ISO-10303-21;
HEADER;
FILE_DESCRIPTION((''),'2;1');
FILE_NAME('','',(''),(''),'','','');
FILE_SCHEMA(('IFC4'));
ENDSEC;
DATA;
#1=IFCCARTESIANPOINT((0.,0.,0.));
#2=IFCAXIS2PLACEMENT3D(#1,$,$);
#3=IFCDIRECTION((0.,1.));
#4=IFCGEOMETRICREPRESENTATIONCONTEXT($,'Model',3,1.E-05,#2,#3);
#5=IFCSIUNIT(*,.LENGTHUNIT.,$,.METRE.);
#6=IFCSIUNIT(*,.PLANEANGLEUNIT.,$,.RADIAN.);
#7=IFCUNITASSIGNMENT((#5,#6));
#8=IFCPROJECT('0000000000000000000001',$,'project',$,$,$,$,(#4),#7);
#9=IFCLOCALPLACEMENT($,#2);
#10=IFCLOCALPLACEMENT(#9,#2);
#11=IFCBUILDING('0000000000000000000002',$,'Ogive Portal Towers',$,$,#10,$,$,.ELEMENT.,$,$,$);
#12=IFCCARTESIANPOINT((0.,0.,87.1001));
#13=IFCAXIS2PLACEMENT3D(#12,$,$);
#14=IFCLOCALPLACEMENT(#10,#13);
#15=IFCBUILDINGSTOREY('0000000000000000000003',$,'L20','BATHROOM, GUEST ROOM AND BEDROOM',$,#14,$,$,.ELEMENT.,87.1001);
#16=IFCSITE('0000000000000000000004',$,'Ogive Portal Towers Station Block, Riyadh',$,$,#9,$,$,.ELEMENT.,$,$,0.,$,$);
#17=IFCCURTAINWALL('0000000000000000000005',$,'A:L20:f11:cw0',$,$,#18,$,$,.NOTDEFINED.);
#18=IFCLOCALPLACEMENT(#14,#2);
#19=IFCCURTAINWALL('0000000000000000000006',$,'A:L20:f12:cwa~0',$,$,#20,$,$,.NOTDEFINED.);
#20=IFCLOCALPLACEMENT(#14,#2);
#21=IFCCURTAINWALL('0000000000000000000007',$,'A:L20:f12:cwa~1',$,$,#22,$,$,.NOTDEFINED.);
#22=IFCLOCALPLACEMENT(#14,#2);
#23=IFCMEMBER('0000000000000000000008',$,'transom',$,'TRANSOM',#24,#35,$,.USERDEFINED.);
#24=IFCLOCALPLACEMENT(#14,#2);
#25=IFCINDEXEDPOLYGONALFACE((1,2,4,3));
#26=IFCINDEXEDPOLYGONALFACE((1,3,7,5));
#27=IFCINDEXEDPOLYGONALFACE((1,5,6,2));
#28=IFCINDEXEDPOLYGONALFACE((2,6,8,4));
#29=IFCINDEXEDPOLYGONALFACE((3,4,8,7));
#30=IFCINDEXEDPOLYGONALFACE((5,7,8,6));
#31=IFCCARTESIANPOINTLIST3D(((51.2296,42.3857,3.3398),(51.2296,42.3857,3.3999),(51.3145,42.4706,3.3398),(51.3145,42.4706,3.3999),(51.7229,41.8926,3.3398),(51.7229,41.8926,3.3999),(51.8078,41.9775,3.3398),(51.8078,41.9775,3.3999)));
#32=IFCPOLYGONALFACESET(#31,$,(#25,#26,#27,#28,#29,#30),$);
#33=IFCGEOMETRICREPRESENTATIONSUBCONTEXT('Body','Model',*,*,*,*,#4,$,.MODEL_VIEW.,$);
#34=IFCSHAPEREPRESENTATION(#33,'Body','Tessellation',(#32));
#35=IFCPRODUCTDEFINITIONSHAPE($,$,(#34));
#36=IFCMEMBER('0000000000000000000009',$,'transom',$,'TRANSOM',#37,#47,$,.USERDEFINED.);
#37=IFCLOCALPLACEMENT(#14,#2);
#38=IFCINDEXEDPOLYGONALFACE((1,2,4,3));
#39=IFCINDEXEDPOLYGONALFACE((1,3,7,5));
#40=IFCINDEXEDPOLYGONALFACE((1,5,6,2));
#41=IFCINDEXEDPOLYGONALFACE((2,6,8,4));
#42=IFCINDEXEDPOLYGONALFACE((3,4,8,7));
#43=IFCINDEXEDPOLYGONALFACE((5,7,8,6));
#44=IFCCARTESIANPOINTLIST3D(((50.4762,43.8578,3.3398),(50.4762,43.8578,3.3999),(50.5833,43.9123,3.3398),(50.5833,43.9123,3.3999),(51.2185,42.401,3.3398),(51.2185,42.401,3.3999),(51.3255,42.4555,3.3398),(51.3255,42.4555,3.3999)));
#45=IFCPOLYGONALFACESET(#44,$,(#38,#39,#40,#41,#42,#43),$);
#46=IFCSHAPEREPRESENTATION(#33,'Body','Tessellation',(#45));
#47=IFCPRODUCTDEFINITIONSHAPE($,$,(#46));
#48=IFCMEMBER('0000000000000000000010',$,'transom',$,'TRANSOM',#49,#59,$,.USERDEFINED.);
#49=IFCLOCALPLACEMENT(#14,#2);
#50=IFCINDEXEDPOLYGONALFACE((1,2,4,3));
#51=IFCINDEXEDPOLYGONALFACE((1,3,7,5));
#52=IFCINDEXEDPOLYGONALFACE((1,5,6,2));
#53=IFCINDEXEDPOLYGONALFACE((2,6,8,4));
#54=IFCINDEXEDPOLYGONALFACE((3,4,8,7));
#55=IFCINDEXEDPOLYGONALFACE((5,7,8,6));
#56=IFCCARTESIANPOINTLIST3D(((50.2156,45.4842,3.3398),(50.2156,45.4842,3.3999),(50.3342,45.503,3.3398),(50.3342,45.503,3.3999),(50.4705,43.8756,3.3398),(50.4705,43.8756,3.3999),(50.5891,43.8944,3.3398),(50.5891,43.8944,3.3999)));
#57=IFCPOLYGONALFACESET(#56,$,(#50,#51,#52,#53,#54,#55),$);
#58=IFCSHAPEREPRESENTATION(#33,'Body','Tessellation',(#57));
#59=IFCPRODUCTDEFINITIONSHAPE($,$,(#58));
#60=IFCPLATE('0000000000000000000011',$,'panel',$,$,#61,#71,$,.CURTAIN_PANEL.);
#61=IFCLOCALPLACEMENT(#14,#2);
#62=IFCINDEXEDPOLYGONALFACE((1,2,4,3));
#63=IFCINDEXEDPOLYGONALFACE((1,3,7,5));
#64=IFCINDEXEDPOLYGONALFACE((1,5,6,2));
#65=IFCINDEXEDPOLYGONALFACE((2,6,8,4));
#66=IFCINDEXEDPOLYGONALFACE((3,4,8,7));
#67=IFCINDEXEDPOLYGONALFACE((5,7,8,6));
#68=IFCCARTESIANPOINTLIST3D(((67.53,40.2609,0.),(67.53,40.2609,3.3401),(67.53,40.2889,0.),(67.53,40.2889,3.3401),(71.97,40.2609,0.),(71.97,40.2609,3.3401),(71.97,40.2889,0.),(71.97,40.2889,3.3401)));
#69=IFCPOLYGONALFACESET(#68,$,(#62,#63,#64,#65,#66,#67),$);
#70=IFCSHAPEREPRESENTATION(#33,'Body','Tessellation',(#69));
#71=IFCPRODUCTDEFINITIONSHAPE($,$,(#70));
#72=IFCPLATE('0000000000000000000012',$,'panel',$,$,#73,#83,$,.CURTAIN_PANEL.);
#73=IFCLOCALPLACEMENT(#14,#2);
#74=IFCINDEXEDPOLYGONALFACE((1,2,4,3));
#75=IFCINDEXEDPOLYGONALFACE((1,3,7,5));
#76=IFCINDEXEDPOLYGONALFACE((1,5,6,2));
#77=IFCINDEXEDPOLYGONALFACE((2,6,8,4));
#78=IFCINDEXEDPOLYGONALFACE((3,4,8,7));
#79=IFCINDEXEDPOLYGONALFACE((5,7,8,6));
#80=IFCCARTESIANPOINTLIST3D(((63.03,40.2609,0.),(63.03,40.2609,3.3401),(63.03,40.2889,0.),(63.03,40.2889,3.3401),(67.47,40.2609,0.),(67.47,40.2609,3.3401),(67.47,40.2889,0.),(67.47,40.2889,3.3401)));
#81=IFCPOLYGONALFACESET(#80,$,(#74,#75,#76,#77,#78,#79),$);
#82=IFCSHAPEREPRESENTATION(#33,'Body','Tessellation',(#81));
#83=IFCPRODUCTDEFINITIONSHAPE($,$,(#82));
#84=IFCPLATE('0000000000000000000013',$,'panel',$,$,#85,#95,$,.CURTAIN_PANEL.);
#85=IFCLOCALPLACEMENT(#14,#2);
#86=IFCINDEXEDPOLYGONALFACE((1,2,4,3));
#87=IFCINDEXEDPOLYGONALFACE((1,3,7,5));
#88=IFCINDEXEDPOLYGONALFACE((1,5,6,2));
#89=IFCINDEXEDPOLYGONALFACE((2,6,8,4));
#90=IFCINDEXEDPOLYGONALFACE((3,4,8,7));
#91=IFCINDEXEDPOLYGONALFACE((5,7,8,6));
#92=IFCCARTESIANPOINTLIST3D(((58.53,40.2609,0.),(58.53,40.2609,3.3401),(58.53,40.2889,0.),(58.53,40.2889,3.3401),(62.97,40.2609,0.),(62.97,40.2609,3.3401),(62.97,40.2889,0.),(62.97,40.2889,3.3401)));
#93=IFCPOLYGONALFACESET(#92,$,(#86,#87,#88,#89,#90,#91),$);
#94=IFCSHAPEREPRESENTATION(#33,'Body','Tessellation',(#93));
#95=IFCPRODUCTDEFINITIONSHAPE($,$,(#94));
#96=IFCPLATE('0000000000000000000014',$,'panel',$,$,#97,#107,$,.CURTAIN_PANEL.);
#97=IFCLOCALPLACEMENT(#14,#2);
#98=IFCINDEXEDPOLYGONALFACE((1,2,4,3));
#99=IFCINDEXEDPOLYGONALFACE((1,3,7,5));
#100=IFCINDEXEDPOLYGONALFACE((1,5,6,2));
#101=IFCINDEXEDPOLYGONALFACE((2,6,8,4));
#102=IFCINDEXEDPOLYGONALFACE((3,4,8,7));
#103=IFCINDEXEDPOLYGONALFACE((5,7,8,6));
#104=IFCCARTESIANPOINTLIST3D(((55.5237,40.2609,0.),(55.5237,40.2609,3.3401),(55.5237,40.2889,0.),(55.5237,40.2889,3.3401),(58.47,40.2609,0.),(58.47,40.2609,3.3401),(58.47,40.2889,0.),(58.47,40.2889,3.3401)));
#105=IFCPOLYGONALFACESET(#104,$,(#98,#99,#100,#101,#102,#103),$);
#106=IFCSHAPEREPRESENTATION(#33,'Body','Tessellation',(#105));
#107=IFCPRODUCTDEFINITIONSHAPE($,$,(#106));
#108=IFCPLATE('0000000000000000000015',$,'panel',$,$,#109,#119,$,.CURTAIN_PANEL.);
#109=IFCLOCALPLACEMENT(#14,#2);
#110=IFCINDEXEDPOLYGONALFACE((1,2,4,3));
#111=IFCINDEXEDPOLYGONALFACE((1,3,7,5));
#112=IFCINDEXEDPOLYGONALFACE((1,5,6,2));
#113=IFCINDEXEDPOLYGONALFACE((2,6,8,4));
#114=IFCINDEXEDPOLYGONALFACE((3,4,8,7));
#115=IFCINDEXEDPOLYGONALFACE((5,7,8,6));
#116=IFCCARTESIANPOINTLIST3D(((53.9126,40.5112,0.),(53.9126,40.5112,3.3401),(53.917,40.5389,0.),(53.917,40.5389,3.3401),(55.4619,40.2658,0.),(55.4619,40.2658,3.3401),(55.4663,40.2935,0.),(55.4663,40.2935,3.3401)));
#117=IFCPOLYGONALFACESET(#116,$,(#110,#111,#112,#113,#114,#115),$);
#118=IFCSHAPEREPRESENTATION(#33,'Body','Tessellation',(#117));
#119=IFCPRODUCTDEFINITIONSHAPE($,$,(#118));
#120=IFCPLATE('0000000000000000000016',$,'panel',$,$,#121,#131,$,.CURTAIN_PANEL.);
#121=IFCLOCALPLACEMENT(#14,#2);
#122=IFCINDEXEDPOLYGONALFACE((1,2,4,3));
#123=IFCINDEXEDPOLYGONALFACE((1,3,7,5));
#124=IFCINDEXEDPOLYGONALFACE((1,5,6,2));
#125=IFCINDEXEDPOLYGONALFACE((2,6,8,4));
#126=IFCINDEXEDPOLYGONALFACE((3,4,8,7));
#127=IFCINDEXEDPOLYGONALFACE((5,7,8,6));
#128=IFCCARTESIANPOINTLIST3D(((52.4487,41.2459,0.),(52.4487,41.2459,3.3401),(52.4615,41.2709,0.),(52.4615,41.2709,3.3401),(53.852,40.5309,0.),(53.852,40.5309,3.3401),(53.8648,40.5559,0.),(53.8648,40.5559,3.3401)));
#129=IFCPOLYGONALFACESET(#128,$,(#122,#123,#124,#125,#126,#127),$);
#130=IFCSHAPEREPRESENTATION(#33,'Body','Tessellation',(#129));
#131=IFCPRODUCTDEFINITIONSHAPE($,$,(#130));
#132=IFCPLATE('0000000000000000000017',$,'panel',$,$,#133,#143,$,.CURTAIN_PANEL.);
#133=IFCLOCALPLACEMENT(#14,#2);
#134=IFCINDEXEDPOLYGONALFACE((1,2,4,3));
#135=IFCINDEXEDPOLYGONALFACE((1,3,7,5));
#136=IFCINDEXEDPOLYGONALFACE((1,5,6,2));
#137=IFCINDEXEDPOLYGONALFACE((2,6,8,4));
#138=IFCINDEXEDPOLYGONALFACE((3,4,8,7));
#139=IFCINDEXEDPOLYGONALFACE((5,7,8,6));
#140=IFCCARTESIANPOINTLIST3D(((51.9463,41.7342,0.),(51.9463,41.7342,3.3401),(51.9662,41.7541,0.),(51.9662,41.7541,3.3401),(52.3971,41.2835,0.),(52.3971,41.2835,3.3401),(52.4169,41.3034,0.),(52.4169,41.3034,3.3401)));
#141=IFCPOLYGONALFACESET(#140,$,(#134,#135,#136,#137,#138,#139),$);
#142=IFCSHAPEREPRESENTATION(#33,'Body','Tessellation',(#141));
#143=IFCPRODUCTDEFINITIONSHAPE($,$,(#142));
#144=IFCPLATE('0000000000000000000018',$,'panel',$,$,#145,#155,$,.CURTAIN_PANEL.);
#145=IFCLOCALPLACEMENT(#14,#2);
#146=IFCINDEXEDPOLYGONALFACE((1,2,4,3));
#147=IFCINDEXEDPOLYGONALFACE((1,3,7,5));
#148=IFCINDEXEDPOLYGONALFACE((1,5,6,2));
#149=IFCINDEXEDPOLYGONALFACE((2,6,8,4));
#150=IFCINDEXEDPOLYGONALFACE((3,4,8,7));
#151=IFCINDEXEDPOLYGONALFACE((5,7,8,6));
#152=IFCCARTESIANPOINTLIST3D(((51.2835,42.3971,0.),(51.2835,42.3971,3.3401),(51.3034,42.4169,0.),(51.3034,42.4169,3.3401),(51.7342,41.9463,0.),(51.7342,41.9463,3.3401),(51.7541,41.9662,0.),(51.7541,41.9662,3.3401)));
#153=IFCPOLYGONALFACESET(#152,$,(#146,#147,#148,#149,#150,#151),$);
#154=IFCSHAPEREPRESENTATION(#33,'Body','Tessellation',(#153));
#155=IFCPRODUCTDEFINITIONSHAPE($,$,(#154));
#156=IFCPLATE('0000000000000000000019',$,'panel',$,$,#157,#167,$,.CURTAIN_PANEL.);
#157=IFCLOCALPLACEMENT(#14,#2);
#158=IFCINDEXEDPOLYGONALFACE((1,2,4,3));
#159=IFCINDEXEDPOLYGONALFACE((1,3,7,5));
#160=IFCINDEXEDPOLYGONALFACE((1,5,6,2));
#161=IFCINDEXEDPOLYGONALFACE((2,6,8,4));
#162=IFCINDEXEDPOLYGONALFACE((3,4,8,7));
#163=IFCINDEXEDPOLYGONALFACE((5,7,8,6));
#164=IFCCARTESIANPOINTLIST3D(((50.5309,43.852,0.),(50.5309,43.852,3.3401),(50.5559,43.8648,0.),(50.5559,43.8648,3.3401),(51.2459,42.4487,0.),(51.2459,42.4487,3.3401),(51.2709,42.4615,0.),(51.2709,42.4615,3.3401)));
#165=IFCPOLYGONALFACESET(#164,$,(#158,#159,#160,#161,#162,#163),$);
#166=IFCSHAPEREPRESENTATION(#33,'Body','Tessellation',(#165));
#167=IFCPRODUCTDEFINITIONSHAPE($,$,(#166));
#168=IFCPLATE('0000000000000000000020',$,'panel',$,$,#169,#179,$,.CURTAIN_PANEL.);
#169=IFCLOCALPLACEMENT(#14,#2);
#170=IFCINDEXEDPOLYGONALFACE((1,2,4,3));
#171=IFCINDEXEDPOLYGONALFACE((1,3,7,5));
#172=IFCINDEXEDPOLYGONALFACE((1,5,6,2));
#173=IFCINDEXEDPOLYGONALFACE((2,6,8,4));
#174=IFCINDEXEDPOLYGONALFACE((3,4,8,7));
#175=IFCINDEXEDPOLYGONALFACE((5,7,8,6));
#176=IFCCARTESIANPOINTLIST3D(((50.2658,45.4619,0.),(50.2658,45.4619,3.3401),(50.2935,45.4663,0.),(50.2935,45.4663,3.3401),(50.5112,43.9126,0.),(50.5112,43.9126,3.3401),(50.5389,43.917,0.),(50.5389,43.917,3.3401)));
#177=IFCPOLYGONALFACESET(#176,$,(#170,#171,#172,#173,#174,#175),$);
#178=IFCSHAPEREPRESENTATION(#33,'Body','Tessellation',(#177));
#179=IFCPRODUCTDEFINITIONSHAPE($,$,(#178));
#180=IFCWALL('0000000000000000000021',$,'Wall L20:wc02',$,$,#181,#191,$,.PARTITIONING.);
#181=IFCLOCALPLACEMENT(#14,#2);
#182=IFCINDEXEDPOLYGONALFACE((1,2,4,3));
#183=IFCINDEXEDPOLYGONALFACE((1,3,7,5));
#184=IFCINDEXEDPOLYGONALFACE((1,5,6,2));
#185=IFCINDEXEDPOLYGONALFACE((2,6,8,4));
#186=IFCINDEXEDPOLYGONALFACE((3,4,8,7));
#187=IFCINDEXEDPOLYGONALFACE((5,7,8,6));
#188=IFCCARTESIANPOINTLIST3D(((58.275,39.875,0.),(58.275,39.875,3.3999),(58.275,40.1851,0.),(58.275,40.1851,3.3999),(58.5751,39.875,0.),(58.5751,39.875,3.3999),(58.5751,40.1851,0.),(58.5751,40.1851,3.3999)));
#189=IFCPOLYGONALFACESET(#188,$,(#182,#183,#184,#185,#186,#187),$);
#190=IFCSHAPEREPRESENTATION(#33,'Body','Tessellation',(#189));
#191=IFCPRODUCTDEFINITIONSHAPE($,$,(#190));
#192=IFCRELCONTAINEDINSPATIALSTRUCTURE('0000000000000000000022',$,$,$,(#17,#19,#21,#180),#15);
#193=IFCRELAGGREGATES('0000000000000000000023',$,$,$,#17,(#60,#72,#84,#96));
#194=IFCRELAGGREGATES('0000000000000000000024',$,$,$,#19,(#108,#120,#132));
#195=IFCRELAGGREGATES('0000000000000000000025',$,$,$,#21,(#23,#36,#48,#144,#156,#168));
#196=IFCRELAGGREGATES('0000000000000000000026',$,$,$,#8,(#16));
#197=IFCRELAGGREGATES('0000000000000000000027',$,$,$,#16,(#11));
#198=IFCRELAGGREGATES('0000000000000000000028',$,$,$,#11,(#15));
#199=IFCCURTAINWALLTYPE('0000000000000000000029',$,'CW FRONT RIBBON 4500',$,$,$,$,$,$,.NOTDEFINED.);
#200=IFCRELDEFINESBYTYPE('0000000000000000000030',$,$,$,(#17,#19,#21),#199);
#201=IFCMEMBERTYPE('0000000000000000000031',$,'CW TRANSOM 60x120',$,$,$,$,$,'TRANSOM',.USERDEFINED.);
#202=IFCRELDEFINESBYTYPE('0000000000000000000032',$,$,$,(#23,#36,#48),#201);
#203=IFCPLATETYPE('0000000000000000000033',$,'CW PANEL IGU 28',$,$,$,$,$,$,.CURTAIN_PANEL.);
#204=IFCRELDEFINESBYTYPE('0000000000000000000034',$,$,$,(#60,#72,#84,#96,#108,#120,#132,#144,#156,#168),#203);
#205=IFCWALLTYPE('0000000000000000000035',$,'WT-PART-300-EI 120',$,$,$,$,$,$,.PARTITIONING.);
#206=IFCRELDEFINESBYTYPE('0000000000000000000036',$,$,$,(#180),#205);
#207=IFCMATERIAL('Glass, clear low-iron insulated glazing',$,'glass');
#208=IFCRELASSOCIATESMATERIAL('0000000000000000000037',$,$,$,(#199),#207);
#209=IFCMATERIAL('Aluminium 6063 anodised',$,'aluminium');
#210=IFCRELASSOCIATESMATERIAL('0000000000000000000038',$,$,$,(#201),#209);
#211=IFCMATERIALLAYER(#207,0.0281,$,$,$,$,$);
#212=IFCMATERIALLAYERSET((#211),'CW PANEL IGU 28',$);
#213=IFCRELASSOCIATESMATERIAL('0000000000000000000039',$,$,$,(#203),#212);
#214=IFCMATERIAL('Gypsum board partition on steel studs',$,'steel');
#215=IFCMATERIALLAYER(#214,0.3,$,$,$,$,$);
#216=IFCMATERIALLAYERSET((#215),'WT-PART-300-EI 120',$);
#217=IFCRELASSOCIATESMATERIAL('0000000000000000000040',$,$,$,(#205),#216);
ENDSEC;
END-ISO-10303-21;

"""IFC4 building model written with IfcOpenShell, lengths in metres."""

from ifc_helpers import new_model, si_unit, direction, frame, frame_2d, origin, origin_2d, place, context, subcontext, project, spatial, rectangle, extrude, material, layer, layer_set, material_profile, profile_set, type_object, element, aggregate, save


model = new_model("IFC4")

# Units and contexts
model_context = context("Model", 3, precision=1e-05, world=origin(), true_north=direction((0.0, 1.0)))
body_context = subcontext(model_context, "Body", "Model", "MODEL_VIEW")
ifc_project = project(units=[si_unit("LENGTHUNIT", "METRE"), si_unit("PLANEANGLEUNIT", "RADIAN")], contexts=[model_context])

# Site, building, storey
site_placement = place(None, origin())
site = spatial("IfcSite", under=ifc_project, at=site_placement, Name="Ogive Portal Towers Station Block, Riyadh", CompositionType="ELEMENT", RefElevation=0.0)
building_placement = place(site_placement, origin())
building = spatial("IfcBuilding", under=site, at=building_placement, Name="Ogive Portal Towers", CompositionType="ELEMENT")
storey_placement = place(building_placement, frame((0.0, 0.0, 87.1001)))
storey = spatial("IfcBuildingStorey", under=building, at=storey_placement, Name="L20", Description="BATHROOM, GUEST ROOM AND BEDROOM", CompositionType="ELEMENT", Elevation=87.1001)

# Curtain walls
ifc_material_1 = material(Name="Glass, clear low-iron insulated glazing", Category="glass")
curtain_wall_type = type_object("IfcCurtainWallType", Name="CW FRONT RIBBON 4500", PredefinedType="NOTDEFINED", material=ifc_material_1)
curtain_wall_1_placement = place(storey_placement, origin())
curtain_wall_1 = element("IfcCurtainWall", 1, at=curtain_wall_1_placement, inside=storey, type_object=curtain_wall_type, Name="A:L20:f11:cw0", PredefinedType="NOTDEFINED")
ifc_material_2 = material(Name="Aluminium 6063 anodised", Category="aluminium")
curtain_wall_2_placement = place(storey_placement, origin())
curtain_wall_2 = element("IfcCurtainWall", 2, at=curtain_wall_2_placement, inside=storey, type_object=curtain_wall_type, Name="A:L20:f12:cwa~0", PredefinedType="NOTDEFINED")
curtain_wall_3_placement = place(storey_placement, origin())
curtain_wall_3 = element("IfcCurtainWall", 3, at=curtain_wall_3_placement, inside=storey, type_object=curtain_wall_type, Name="A:L20:f12:cwa~1", PredefinedType="NOTDEFINED")

# Members
ifc_material_profile_1 = material_profile(ifc_material_2, rectangle(XDim=0.1201, YDim=0.0601, at=origin_2d()), Name="AL 120x60")
ifc_profile_set_1 = profile_set([ifc_material_profile_1], Name="Aluminium 6063 anodised")
member_type_1 = type_object("IfcMemberType", Name="CW TRANSOM 60x120", ElementType="TRANSOM", PredefinedType="USERDEFINED", material=ifc_profile_set_1)
member_1_placement = place(storey_placement, frame((51.7654, 41.9351, 3.3699), z_axis=(-0.707282, 0.706932, 0.0), x_axis=(-0.706932, -0.707282, 0.0)))
member_1 = element("IfcMember", 4, at=member_1_placement, type_object=member_type_1, Name="transom", ObjectType="TRANSOM", PredefinedType="USERDEFINED", context=body_context, shape_type="SweptSolid", body=[
    extrude(rectangle(XDim=0.1201, YDim=0.0601, at=origin_2d()), origin(), (0.0, 0.0, 1.0), 0.6975),
])
member_2_placement = place(storey_placement, frame((51.272, 42.4282, 3.3699), z_axis=(-0.45395, 0.891027, 0.0), x_axis=(-0.891027, -0.45395, 0.0)))
member_2 = element("IfcMember", 5, at=member_2_placement, type_object=member_type_1, Name="transom", ObjectType="TRANSOM", PredefinedType="USERDEFINED", context=body_context, shape_type="SweptSolid", body=[
    extrude(rectangle(XDim=0.1201, YDim=0.0601, at=origin_2d()), origin(), (0.0, 0.0, 1.0), 1.635),
])
member_3_placement = place(storey_placement, frame((50.5298, 43.885, 3.3699), z_axis=(-0.156494, 0.987679, 0.0), x_axis=(-0.987679, -0.156494, 0.0)))
member_3 = element("IfcMember", 6, at=member_3_placement, type_object=member_type_1, Name="transom", ObjectType="TRANSOM", PredefinedType="USERDEFINED", context=body_context, shape_type="SweptSolid", body=[
    extrude(rectangle(XDim=0.1201, YDim=0.0601, at=origin_2d()), origin(), (0.0, 0.0, 1.0), 1.6287),
])

# Plates
ifc_layer_1 = layer(ifc_material_1, 0.0281)
ifc_layer_set_1 = layer_set([ifc_layer_1], Name="CW PANEL IGU 28")
plate_type = type_object("IfcPlateType", Name="CW PANEL IGU 28", PredefinedType="CURTAIN_PANEL", material=ifc_layer_set_1)
plate_1_placement = place(storey_placement, frame((69.75, 40.2749, 0.0), z_axis=(0.0, 0.0, 1.0), x_axis=(-1.0, 0.0, 0.0)))
plate_1 = element("IfcPlate", 7, at=plate_1_placement, type_object=plate_type, Name="panel", PredefinedType="CURTAIN_PANEL", context=body_context, shape_type="SweptSolid", body=[
    extrude(rectangle(XDim=4.4399, YDim=0.0281, at=origin_2d()), origin(), (0.0, 0.0, 1.0), 3.3401),
])
plate_2_placement = place(storey_placement, frame((65.25, 40.2749, 0.0), z_axis=(0.0, 0.0, 1.0), x_axis=(-1.0, 0.0, 0.0)))
plate_2 = element("IfcPlate", 8, at=plate_2_placement, type_object=plate_type, Name="panel", PredefinedType="CURTAIN_PANEL", context=body_context, shape_type="SweptSolid", body=[
    extrude(rectangle(XDim=4.4399, YDim=0.0281, at=origin_2d()), origin(), (0.0, 0.0, 1.0), 3.3401),
])
plate_3_placement = place(storey_placement, frame((60.75, 40.2749, 0.0), z_axis=(0.0, 0.0, 1.0), x_axis=(-1.0, 0.0, 0.0)))
plate_3 = element("IfcPlate", 9, at=plate_3_placement, type_object=plate_type, Name="panel", PredefinedType="CURTAIN_PANEL", context=body_context, shape_type="SweptSolid", body=[
    extrude(rectangle(XDim=4.4399, YDim=0.0281, at=origin_2d()), origin(), (0.0, 0.0, 1.0), 3.3401),
])
plate_4_placement = place(storey_placement, frame((56.9968, 40.2749, 0.0), z_axis=(0.0, 0.0, 1.0), x_axis=(-1.0, 0.0, 0.0)))
plate_4 = element("IfcPlate", 10, at=plate_4_placement, type_object=plate_type, Name="panel", PredefinedType="CURTAIN_PANEL", context=body_context, shape_type="SweptSolid", body=[
    extrude(rectangle(XDim=2.9463, YDim=0.0281, at=origin_2d()), origin(), (0.0, 0.0, 1.0), 3.3401),
])
aggregate(curtain_wall_1, [plate_1, plate_2, plate_3, plate_4])
plate_5_placement = place(storey_placement, frame((54.6895, 40.4023, 0.0), z_axis=(0.0, 0.0, 1.0), x_axis=(-0.987688, 0.156434, 0.0)))
plate_5 = element("IfcPlate", 11, at=plate_5_placement, type_object=plate_type, Name="panel", PredefinedType="CURTAIN_PANEL", context=body_context, shape_type="SweptSolid", body=[
    extrude(rectangle(XDim=1.5686, YDim=0.0281, at=origin_2d()), origin(), (0.0, 0.0, 1.0), 3.3401),
])
plate_6_placement = place(storey_placement, frame((53.1567, 40.9009, 0.0), z_axis=(0.0, 0.0, 1.0), x_axis=(-0.891007, 0.45399, 0.0)))
plate_6 = element("IfcPlate", 12, at=plate_6_placement, type_object=plate_type, Name="panel", PredefinedType="CURTAIN_PANEL", context=body_context, shape_type="SweptSolid", body=[
    extrude(rectangle(XDim=1.575, YDim=0.0281, at=origin_2d()), origin(), (0.0, 0.0, 1.0), 3.3401),
])
plate_7_placement = place(storey_placement, frame((52.1816, 41.5188, 0.0), z_axis=(0.0, 0.0, 1.0), x_axis=(-0.707107, 0.707107, 0.0)))
plate_7 = element("IfcPlate", 13, at=plate_7_placement, type_object=plate_type, Name="panel", PredefinedType="CURTAIN_PANEL", context=body_context, shape_type="SweptSolid", body=[
    extrude(rectangle(XDim=0.6375, YDim=0.0281, at=origin_2d()), origin(), (0.0, 0.0, 1.0), 3.3401),
])
aggregate(curtain_wall_2, [plate_5, plate_6, plate_7])
plate_8_placement = place(storey_placement, frame((51.5188, 42.1816, 0.0), z_axis=(0.0, 0.0, 1.0), x_axis=(-0.707107, 0.707107, 0.0)))
plate_8 = element("IfcPlate", 14, at=plate_8_placement, type_object=plate_type, Name="panel", PredefinedType="CURTAIN_PANEL", context=body_context, shape_type="SweptSolid", body=[
    extrude(rectangle(XDim=0.6375, YDim=0.0281, at=origin_2d()), origin(), (0.0, 0.0, 1.0), 3.3401),
])
plate_9_placement = place(storey_placement, frame((50.9009, 43.1567, 0.0), z_axis=(0.0, 0.0, 1.0), x_axis=(-0.45399, 0.891007, 0.0)))
plate_9 = element("IfcPlate", 15, at=plate_9_placement, type_object=plate_type, Name="panel", PredefinedType="CURTAIN_PANEL", context=body_context, shape_type="SweptSolid", body=[
    extrude(rectangle(XDim=1.575, YDim=0.0281, at=origin_2d()), origin(), (0.0, 0.0, 1.0), 3.3401),
])
plate_10_placement = place(storey_placement, frame((50.4023, 44.6895, 0.0), z_axis=(0.0, 0.0, 1.0), x_axis=(-0.156434, 0.987688, 0.0)))
plate_10 = element("IfcPlate", 16, at=plate_10_placement, type_object=plate_type, Name="panel", PredefinedType="CURTAIN_PANEL", context=body_context, shape_type="SweptSolid", body=[
    extrude(rectangle(XDim=1.5686, YDim=0.0281, at=origin_2d()), origin(), (0.0, 0.0, 1.0), 3.3401),
])
aggregate(curtain_wall_3, [member_1, member_2, member_3, plate_8, plate_9, plate_10])

# Wall
ifc_material_3 = material(Name="Gypsum board partition on steel studs", Category="steel")
ifc_layer_2 = layer(ifc_material_3, 0.3)
ifc_layer_set_2 = layer_set([ifc_layer_2], Name="WT-PART-300-EI 120")
wall_type_1 = type_object("IfcWallType", Name="WT-PART-300-EI 120", PredefinedType="PARTITIONING", material=ifc_layer_set_2)
wall_1_placement = place(storey_placement, frame((58.425, 39.875, 0.0), z_axis=(0.0, 0.0, 1.0), x_axis=(0.0, 1.0, 0.0)))
element("IfcWall", 17, at=wall_1_placement, inside=storey, type_object=wall_type_1, Name="Wall L20:wc02", PredefinedType="PARTITIONING", context=body_context, shape_type="SweptSolid", body=[
    extrude(rectangle(XDim=0.3101, YDim=0.3, at=frame_2d((0.155, 0.0))), origin(), (0.0, 0.0, 1.0), 3.3999),
])

save(model, "model.ifc")
